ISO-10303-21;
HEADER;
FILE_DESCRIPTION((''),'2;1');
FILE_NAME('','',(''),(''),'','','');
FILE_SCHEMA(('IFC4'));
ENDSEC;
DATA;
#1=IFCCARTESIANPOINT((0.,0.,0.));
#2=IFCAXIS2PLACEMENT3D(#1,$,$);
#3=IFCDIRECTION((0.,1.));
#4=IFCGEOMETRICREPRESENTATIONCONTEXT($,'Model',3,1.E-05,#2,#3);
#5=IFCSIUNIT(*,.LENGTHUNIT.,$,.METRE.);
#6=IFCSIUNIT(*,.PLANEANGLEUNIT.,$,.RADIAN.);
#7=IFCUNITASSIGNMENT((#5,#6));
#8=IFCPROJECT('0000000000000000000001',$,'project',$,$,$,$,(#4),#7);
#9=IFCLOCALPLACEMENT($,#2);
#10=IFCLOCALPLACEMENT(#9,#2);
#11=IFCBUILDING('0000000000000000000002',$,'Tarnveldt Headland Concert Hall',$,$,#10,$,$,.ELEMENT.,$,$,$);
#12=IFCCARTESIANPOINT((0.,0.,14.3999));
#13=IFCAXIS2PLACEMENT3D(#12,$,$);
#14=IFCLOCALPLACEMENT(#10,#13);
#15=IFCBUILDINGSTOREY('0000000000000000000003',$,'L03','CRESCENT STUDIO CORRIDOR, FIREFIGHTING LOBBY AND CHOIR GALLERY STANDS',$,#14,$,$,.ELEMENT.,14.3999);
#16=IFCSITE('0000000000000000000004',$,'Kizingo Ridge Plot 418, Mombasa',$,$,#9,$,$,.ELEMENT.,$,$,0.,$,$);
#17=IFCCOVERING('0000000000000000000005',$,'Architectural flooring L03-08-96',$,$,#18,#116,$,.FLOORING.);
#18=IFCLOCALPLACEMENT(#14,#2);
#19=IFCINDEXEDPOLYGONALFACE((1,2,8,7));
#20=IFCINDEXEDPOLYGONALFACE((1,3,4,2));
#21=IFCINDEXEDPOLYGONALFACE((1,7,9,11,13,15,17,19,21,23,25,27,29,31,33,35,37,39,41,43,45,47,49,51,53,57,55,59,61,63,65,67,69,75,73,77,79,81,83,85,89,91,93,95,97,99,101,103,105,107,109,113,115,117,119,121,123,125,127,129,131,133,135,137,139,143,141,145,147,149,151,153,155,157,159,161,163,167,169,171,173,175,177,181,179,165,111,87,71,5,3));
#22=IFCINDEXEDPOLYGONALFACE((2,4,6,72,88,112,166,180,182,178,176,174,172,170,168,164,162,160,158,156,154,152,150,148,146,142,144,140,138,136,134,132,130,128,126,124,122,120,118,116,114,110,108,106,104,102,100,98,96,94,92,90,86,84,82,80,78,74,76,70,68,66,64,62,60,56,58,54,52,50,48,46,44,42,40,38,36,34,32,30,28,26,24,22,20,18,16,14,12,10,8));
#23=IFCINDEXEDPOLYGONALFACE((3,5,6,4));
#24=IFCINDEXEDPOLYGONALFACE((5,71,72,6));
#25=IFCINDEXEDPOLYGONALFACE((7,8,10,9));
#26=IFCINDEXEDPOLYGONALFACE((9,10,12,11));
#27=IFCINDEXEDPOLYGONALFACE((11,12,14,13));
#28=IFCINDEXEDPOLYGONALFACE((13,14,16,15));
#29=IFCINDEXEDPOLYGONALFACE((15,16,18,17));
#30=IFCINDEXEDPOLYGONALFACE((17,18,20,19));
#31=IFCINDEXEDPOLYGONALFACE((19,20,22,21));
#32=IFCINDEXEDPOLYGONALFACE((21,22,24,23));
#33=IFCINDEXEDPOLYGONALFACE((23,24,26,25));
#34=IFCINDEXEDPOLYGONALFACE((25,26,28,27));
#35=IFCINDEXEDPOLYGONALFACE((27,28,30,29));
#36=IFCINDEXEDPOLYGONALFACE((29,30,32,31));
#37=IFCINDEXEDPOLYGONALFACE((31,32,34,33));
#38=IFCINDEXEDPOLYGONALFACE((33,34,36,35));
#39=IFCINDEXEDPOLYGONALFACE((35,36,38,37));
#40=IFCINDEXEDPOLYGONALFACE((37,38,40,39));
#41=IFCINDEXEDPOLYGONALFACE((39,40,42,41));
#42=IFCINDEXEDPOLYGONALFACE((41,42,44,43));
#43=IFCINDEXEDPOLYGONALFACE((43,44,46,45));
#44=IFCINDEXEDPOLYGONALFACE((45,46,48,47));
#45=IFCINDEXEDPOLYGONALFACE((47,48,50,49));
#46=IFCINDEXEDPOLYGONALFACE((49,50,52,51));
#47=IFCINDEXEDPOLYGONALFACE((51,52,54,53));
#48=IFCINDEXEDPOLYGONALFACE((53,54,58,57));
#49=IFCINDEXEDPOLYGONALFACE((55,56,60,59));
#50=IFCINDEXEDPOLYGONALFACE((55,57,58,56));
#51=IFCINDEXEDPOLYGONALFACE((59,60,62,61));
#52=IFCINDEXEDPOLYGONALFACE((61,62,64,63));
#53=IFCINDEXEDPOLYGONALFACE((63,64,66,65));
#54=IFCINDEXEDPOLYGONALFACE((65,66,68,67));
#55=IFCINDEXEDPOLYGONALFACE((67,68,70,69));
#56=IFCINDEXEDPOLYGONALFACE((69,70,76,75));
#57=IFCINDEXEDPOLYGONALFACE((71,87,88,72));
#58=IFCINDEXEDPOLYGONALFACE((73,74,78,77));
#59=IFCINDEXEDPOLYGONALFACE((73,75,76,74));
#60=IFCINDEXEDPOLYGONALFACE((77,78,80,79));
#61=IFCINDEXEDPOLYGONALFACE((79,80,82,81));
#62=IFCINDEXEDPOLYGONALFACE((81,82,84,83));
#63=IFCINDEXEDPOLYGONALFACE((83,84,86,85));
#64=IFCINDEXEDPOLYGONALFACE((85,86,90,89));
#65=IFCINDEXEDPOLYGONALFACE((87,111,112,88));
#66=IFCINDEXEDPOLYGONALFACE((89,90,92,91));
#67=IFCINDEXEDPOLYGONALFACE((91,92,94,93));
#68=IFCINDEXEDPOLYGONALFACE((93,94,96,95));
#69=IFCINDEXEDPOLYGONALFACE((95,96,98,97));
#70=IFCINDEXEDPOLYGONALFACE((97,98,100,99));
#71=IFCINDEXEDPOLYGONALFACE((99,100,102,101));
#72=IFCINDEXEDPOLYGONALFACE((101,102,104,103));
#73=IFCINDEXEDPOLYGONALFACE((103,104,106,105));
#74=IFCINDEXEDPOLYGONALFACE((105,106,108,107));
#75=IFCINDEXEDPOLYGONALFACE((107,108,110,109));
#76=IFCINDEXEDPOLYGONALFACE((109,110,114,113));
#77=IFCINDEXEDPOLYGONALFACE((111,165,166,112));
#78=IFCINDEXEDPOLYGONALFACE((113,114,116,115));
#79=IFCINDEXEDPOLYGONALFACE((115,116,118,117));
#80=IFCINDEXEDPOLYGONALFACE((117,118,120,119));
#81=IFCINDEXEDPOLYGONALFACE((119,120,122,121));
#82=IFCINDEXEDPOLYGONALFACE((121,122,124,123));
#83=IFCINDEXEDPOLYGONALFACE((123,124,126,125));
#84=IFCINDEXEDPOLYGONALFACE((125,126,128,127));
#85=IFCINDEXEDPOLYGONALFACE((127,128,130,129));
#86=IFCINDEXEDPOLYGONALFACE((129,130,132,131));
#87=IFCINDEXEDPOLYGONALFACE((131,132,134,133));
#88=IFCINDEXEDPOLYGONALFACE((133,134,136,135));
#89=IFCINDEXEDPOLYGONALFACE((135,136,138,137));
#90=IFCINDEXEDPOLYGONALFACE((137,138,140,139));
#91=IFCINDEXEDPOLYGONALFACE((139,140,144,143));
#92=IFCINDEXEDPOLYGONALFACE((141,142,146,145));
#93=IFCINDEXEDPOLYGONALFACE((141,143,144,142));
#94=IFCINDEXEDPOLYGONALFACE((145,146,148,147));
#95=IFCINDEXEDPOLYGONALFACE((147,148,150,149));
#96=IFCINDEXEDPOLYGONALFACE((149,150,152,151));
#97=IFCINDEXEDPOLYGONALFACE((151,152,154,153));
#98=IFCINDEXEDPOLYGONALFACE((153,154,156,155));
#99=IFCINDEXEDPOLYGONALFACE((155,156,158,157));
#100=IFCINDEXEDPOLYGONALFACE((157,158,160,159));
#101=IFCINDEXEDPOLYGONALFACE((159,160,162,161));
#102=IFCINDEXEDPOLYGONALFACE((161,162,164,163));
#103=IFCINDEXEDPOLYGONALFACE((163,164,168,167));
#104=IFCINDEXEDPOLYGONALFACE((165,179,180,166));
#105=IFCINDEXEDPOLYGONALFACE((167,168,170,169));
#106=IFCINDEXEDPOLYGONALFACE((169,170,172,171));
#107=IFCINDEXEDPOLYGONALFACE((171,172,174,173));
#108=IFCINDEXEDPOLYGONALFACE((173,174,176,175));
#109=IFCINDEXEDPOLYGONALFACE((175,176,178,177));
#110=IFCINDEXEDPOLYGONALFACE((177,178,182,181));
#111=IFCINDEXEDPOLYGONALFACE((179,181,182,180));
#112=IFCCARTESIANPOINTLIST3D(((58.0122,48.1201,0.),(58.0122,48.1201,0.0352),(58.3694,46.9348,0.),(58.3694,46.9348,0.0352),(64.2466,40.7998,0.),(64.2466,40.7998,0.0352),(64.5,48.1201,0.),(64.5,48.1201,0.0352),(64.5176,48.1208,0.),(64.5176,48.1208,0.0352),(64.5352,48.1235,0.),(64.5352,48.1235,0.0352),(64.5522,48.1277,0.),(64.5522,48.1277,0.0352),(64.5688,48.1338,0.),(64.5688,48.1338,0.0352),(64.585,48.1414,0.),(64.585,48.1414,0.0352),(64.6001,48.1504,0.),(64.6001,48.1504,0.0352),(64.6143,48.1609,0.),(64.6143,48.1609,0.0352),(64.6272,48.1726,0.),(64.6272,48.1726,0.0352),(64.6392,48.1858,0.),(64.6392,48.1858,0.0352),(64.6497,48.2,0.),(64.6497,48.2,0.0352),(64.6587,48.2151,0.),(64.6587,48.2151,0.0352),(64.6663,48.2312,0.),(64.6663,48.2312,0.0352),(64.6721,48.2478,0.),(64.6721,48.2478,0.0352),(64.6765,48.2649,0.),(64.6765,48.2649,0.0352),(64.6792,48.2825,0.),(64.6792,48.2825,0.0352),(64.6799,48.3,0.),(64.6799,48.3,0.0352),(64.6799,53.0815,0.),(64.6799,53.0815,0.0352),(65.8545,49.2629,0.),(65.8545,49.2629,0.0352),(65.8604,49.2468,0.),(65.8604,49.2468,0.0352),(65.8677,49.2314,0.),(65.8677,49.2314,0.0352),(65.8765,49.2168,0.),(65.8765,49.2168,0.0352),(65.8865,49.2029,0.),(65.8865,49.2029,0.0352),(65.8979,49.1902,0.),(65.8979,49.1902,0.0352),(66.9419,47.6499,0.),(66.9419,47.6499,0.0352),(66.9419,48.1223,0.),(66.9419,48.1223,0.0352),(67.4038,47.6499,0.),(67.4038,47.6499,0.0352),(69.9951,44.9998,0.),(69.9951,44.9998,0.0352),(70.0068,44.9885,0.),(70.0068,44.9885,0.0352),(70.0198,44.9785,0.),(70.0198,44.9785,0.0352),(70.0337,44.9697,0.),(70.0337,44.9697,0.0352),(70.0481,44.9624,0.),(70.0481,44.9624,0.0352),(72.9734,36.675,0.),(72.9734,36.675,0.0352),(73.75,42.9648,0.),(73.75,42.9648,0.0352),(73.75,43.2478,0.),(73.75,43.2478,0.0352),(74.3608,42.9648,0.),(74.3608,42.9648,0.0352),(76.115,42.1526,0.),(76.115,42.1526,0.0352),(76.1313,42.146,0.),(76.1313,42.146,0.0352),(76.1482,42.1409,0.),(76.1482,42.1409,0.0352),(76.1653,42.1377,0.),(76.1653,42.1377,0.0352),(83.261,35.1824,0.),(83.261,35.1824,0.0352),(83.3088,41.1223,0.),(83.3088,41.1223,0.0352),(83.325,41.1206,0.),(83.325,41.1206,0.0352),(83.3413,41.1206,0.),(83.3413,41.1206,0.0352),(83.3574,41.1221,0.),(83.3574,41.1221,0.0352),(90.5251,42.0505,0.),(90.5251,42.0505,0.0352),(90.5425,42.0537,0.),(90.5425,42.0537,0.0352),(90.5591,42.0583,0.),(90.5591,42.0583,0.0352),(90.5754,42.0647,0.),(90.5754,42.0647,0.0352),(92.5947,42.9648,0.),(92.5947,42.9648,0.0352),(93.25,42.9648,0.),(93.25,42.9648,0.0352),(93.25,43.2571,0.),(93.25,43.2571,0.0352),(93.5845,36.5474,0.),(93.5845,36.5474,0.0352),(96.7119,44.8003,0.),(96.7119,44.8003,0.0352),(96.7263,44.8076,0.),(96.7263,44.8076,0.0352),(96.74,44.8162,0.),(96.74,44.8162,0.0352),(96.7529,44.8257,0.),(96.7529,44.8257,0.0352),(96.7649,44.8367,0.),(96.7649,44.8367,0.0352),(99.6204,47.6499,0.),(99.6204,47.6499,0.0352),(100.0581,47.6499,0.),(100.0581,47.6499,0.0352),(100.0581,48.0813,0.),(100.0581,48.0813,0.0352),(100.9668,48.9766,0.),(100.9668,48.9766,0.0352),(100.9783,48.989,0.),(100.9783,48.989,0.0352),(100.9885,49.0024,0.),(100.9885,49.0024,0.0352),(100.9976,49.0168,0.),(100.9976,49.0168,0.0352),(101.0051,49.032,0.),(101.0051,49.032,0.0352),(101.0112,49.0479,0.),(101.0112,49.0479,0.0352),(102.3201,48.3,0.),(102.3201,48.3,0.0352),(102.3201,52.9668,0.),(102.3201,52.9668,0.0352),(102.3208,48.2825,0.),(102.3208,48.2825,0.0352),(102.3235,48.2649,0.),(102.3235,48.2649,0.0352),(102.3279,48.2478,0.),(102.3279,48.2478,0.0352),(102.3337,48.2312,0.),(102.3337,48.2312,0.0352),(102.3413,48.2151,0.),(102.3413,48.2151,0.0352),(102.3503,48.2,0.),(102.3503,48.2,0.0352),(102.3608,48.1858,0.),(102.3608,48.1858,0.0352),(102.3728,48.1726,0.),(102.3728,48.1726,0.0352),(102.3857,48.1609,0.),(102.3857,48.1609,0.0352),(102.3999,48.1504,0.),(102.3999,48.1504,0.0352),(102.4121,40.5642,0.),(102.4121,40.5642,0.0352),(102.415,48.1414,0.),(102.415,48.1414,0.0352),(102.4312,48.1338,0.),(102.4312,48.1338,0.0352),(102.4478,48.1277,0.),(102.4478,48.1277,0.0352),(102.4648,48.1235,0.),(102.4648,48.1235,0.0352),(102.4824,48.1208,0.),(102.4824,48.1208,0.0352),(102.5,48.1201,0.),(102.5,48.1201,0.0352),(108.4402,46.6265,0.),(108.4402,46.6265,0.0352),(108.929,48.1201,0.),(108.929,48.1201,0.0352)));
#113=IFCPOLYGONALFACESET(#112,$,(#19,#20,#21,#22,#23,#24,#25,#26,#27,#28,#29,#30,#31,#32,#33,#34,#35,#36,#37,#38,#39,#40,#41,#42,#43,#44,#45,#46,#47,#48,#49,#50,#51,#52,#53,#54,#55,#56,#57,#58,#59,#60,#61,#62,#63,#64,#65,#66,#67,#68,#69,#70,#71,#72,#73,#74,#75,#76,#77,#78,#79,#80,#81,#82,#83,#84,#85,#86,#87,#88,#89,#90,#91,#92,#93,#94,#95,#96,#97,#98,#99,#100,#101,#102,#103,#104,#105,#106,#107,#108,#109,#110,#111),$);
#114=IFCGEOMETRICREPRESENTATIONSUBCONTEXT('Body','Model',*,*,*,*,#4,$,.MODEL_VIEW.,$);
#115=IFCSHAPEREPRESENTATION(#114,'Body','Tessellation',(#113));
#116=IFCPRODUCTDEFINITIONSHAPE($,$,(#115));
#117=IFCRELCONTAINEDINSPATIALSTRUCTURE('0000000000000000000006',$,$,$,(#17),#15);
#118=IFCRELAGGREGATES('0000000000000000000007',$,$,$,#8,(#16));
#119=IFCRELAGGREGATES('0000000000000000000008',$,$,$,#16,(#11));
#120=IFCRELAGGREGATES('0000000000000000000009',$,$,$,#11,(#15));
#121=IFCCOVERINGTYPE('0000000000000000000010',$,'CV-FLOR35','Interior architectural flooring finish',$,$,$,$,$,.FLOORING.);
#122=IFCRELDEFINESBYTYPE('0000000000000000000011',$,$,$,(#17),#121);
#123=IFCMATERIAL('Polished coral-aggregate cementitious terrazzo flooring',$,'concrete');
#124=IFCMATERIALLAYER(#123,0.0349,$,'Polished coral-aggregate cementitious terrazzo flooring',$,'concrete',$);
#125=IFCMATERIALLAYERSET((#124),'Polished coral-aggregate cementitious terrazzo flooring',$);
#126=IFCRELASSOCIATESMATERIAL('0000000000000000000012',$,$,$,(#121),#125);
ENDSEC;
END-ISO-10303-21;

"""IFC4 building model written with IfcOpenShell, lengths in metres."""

from ifc_helpers import new_model, si_unit, direction, frame, origin, place, context, subcontext, project, spatial, polyline, outline, extrude, material, layer, layer_set, type_object, element, save


model = new_model("IFC4")

# Units and contexts
model_context = context("Model", 3, precision=1e-05, world=origin(), true_north=direction((0.0, 1.0)))
body_context = subcontext(model_context, "Body", "Model", "MODEL_VIEW")
ifc_project = project(units=[si_unit("LENGTHUNIT", "METRE"), si_unit("PLANEANGLEUNIT", "RADIAN")], contexts=[model_context])

# Site, building, storey
site_placement = place(None, origin())
site = spatial("IfcSite", under=ifc_project, at=site_placement, Name="Kizingo Ridge Plot 418, Mombasa", CompositionType="ELEMENT", RefElevation=0.0)
building_placement = place(site_placement, origin())
building = spatial("IfcBuilding", under=site, at=building_placement, Name="Tarnveldt Headland Concert Hall", CompositionType="ELEMENT")
storey_placement = place(building_placement, frame((0.0, 0.0, 14.3999)))
storey = spatial("IfcBuildingStorey", under=building, at=storey_placement, Name="L03", Description="CRESCENT STUDIO CORRIDOR, FIREFIGHTING LOBBY AND CHOIR GALLERY STANDS", CompositionType="ELEMENT", Elevation=14.3999)

# Covering
ifc_material_1 = material(Name="Polished coral-aggregate cementitious terrazzo flooring", Category="concrete")
ifc_layer_1 = layer(ifc_material_1, 0.0349, Name="Polished coral-aggregate cementitious terrazzo flooring", Category="concrete")
ifc_layer_set_1 = layer_set([ifc_layer_1], Name="Polished coral-aggregate cementitious terrazzo flooring")
covering_type_1 = type_object("IfcCoveringType", Name="CV-FLOR35", Description="Interior architectural flooring finish", PredefinedType="FLOORING", material=ifc_layer_set_1)
covering_1_placement = place(storey_placement, origin())
element("IfcCovering", 1, at=covering_1_placement, inside=storey, type_object=covering_type_1, Name="Architectural flooring L03-08-96", PredefinedType="FLOORING", context=body_context, shape_type="SweptSolid", body=[
    extrude(outline(polyline([(65.8865, 49.2029), (65.8979, 49.1902), (66.9419, 48.1223), (66.9419, 47.6499), (67.4038, 47.6499), (69.9951, 44.9998), (70.0068, 44.9885), (70.0198, 44.9785), (70.0337, 44.9697), (70.0481, 44.9624), (73.75, 43.2478), (73.75, 42.9648), (74.3608, 42.9648), (76.115, 42.1526), (76.1313, 42.146), (76.1482, 42.1409), (76.1653, 42.1377), (83.3088, 41.1223), (83.325, 41.1206), (83.3413, 41.1206), (83.3574, 41.1221), (90.5251, 42.0505), (90.5425, 42.0537), (90.5591, 42.0583), (90.5754, 42.0647), (92.5947, 42.9648), (93.25, 42.9648), (93.25, 43.2571), (96.7119, 44.8003), (96.7263, 44.8076), (96.74, 44.8162), (96.7529, 44.8257), (96.7649, 44.8367), (99.6204, 47.6499), (100.0581, 47.6499), (100.0581, 48.0813), (100.9668, 48.9766), (100.9783, 48.989), (100.9885, 49.0024), (100.9976, 49.0168), (101.0051, 49.032), (101.0112, 49.0479), (102.3201, 52.9668), (102.3201, 48.3), (102.3208, 48.2825), (102.3235, 48.2649), (102.3279, 48.2478), (102.3337, 48.2312), (102.3413, 48.2151), (102.3503, 48.2), (102.3608, 48.1858), (102.3728, 48.1726), (102.3857, 48.1609), (102.3999, 48.1504), (102.415, 48.1414), (102.4312, 48.1338), (102.4478, 48.1277), (102.4648, 48.1235), (102.4824, 48.1208), (102.5, 48.1201), (108.929, 48.1201), (108.4402, 46.6265), (102.4121, 40.5642), (93.5845, 36.5474), (83.261, 35.1824), (72.9734, 36.675), (64.2466, 40.7998), (58.3694, 46.9348), (58.0122, 48.1201), (64.5, 48.1201), (64.5176, 48.1208), (64.5352, 48.1235), (64.5522, 48.1277), (64.5688, 48.1338), (64.585, 48.1414), (64.6001, 48.1504), (64.6143, 48.1609), (64.6272, 48.1726), (64.6392, 48.1858), (64.6497, 48.2), (64.6587, 48.2151), (64.6663, 48.2312), (64.6721, 48.2478), (64.6765, 48.2649), (64.6792, 48.2825), (64.6799, 48.3), (64.6799, 53.0815), (65.8545, 49.2629), (65.8604, 49.2468), (65.8677, 49.2314), (65.8765, 49.2168), (65.8865, 49.2029)])), origin(), (0.0, 0.0, 1.0), 0.0352),
])

save(model, "model.ifc")
